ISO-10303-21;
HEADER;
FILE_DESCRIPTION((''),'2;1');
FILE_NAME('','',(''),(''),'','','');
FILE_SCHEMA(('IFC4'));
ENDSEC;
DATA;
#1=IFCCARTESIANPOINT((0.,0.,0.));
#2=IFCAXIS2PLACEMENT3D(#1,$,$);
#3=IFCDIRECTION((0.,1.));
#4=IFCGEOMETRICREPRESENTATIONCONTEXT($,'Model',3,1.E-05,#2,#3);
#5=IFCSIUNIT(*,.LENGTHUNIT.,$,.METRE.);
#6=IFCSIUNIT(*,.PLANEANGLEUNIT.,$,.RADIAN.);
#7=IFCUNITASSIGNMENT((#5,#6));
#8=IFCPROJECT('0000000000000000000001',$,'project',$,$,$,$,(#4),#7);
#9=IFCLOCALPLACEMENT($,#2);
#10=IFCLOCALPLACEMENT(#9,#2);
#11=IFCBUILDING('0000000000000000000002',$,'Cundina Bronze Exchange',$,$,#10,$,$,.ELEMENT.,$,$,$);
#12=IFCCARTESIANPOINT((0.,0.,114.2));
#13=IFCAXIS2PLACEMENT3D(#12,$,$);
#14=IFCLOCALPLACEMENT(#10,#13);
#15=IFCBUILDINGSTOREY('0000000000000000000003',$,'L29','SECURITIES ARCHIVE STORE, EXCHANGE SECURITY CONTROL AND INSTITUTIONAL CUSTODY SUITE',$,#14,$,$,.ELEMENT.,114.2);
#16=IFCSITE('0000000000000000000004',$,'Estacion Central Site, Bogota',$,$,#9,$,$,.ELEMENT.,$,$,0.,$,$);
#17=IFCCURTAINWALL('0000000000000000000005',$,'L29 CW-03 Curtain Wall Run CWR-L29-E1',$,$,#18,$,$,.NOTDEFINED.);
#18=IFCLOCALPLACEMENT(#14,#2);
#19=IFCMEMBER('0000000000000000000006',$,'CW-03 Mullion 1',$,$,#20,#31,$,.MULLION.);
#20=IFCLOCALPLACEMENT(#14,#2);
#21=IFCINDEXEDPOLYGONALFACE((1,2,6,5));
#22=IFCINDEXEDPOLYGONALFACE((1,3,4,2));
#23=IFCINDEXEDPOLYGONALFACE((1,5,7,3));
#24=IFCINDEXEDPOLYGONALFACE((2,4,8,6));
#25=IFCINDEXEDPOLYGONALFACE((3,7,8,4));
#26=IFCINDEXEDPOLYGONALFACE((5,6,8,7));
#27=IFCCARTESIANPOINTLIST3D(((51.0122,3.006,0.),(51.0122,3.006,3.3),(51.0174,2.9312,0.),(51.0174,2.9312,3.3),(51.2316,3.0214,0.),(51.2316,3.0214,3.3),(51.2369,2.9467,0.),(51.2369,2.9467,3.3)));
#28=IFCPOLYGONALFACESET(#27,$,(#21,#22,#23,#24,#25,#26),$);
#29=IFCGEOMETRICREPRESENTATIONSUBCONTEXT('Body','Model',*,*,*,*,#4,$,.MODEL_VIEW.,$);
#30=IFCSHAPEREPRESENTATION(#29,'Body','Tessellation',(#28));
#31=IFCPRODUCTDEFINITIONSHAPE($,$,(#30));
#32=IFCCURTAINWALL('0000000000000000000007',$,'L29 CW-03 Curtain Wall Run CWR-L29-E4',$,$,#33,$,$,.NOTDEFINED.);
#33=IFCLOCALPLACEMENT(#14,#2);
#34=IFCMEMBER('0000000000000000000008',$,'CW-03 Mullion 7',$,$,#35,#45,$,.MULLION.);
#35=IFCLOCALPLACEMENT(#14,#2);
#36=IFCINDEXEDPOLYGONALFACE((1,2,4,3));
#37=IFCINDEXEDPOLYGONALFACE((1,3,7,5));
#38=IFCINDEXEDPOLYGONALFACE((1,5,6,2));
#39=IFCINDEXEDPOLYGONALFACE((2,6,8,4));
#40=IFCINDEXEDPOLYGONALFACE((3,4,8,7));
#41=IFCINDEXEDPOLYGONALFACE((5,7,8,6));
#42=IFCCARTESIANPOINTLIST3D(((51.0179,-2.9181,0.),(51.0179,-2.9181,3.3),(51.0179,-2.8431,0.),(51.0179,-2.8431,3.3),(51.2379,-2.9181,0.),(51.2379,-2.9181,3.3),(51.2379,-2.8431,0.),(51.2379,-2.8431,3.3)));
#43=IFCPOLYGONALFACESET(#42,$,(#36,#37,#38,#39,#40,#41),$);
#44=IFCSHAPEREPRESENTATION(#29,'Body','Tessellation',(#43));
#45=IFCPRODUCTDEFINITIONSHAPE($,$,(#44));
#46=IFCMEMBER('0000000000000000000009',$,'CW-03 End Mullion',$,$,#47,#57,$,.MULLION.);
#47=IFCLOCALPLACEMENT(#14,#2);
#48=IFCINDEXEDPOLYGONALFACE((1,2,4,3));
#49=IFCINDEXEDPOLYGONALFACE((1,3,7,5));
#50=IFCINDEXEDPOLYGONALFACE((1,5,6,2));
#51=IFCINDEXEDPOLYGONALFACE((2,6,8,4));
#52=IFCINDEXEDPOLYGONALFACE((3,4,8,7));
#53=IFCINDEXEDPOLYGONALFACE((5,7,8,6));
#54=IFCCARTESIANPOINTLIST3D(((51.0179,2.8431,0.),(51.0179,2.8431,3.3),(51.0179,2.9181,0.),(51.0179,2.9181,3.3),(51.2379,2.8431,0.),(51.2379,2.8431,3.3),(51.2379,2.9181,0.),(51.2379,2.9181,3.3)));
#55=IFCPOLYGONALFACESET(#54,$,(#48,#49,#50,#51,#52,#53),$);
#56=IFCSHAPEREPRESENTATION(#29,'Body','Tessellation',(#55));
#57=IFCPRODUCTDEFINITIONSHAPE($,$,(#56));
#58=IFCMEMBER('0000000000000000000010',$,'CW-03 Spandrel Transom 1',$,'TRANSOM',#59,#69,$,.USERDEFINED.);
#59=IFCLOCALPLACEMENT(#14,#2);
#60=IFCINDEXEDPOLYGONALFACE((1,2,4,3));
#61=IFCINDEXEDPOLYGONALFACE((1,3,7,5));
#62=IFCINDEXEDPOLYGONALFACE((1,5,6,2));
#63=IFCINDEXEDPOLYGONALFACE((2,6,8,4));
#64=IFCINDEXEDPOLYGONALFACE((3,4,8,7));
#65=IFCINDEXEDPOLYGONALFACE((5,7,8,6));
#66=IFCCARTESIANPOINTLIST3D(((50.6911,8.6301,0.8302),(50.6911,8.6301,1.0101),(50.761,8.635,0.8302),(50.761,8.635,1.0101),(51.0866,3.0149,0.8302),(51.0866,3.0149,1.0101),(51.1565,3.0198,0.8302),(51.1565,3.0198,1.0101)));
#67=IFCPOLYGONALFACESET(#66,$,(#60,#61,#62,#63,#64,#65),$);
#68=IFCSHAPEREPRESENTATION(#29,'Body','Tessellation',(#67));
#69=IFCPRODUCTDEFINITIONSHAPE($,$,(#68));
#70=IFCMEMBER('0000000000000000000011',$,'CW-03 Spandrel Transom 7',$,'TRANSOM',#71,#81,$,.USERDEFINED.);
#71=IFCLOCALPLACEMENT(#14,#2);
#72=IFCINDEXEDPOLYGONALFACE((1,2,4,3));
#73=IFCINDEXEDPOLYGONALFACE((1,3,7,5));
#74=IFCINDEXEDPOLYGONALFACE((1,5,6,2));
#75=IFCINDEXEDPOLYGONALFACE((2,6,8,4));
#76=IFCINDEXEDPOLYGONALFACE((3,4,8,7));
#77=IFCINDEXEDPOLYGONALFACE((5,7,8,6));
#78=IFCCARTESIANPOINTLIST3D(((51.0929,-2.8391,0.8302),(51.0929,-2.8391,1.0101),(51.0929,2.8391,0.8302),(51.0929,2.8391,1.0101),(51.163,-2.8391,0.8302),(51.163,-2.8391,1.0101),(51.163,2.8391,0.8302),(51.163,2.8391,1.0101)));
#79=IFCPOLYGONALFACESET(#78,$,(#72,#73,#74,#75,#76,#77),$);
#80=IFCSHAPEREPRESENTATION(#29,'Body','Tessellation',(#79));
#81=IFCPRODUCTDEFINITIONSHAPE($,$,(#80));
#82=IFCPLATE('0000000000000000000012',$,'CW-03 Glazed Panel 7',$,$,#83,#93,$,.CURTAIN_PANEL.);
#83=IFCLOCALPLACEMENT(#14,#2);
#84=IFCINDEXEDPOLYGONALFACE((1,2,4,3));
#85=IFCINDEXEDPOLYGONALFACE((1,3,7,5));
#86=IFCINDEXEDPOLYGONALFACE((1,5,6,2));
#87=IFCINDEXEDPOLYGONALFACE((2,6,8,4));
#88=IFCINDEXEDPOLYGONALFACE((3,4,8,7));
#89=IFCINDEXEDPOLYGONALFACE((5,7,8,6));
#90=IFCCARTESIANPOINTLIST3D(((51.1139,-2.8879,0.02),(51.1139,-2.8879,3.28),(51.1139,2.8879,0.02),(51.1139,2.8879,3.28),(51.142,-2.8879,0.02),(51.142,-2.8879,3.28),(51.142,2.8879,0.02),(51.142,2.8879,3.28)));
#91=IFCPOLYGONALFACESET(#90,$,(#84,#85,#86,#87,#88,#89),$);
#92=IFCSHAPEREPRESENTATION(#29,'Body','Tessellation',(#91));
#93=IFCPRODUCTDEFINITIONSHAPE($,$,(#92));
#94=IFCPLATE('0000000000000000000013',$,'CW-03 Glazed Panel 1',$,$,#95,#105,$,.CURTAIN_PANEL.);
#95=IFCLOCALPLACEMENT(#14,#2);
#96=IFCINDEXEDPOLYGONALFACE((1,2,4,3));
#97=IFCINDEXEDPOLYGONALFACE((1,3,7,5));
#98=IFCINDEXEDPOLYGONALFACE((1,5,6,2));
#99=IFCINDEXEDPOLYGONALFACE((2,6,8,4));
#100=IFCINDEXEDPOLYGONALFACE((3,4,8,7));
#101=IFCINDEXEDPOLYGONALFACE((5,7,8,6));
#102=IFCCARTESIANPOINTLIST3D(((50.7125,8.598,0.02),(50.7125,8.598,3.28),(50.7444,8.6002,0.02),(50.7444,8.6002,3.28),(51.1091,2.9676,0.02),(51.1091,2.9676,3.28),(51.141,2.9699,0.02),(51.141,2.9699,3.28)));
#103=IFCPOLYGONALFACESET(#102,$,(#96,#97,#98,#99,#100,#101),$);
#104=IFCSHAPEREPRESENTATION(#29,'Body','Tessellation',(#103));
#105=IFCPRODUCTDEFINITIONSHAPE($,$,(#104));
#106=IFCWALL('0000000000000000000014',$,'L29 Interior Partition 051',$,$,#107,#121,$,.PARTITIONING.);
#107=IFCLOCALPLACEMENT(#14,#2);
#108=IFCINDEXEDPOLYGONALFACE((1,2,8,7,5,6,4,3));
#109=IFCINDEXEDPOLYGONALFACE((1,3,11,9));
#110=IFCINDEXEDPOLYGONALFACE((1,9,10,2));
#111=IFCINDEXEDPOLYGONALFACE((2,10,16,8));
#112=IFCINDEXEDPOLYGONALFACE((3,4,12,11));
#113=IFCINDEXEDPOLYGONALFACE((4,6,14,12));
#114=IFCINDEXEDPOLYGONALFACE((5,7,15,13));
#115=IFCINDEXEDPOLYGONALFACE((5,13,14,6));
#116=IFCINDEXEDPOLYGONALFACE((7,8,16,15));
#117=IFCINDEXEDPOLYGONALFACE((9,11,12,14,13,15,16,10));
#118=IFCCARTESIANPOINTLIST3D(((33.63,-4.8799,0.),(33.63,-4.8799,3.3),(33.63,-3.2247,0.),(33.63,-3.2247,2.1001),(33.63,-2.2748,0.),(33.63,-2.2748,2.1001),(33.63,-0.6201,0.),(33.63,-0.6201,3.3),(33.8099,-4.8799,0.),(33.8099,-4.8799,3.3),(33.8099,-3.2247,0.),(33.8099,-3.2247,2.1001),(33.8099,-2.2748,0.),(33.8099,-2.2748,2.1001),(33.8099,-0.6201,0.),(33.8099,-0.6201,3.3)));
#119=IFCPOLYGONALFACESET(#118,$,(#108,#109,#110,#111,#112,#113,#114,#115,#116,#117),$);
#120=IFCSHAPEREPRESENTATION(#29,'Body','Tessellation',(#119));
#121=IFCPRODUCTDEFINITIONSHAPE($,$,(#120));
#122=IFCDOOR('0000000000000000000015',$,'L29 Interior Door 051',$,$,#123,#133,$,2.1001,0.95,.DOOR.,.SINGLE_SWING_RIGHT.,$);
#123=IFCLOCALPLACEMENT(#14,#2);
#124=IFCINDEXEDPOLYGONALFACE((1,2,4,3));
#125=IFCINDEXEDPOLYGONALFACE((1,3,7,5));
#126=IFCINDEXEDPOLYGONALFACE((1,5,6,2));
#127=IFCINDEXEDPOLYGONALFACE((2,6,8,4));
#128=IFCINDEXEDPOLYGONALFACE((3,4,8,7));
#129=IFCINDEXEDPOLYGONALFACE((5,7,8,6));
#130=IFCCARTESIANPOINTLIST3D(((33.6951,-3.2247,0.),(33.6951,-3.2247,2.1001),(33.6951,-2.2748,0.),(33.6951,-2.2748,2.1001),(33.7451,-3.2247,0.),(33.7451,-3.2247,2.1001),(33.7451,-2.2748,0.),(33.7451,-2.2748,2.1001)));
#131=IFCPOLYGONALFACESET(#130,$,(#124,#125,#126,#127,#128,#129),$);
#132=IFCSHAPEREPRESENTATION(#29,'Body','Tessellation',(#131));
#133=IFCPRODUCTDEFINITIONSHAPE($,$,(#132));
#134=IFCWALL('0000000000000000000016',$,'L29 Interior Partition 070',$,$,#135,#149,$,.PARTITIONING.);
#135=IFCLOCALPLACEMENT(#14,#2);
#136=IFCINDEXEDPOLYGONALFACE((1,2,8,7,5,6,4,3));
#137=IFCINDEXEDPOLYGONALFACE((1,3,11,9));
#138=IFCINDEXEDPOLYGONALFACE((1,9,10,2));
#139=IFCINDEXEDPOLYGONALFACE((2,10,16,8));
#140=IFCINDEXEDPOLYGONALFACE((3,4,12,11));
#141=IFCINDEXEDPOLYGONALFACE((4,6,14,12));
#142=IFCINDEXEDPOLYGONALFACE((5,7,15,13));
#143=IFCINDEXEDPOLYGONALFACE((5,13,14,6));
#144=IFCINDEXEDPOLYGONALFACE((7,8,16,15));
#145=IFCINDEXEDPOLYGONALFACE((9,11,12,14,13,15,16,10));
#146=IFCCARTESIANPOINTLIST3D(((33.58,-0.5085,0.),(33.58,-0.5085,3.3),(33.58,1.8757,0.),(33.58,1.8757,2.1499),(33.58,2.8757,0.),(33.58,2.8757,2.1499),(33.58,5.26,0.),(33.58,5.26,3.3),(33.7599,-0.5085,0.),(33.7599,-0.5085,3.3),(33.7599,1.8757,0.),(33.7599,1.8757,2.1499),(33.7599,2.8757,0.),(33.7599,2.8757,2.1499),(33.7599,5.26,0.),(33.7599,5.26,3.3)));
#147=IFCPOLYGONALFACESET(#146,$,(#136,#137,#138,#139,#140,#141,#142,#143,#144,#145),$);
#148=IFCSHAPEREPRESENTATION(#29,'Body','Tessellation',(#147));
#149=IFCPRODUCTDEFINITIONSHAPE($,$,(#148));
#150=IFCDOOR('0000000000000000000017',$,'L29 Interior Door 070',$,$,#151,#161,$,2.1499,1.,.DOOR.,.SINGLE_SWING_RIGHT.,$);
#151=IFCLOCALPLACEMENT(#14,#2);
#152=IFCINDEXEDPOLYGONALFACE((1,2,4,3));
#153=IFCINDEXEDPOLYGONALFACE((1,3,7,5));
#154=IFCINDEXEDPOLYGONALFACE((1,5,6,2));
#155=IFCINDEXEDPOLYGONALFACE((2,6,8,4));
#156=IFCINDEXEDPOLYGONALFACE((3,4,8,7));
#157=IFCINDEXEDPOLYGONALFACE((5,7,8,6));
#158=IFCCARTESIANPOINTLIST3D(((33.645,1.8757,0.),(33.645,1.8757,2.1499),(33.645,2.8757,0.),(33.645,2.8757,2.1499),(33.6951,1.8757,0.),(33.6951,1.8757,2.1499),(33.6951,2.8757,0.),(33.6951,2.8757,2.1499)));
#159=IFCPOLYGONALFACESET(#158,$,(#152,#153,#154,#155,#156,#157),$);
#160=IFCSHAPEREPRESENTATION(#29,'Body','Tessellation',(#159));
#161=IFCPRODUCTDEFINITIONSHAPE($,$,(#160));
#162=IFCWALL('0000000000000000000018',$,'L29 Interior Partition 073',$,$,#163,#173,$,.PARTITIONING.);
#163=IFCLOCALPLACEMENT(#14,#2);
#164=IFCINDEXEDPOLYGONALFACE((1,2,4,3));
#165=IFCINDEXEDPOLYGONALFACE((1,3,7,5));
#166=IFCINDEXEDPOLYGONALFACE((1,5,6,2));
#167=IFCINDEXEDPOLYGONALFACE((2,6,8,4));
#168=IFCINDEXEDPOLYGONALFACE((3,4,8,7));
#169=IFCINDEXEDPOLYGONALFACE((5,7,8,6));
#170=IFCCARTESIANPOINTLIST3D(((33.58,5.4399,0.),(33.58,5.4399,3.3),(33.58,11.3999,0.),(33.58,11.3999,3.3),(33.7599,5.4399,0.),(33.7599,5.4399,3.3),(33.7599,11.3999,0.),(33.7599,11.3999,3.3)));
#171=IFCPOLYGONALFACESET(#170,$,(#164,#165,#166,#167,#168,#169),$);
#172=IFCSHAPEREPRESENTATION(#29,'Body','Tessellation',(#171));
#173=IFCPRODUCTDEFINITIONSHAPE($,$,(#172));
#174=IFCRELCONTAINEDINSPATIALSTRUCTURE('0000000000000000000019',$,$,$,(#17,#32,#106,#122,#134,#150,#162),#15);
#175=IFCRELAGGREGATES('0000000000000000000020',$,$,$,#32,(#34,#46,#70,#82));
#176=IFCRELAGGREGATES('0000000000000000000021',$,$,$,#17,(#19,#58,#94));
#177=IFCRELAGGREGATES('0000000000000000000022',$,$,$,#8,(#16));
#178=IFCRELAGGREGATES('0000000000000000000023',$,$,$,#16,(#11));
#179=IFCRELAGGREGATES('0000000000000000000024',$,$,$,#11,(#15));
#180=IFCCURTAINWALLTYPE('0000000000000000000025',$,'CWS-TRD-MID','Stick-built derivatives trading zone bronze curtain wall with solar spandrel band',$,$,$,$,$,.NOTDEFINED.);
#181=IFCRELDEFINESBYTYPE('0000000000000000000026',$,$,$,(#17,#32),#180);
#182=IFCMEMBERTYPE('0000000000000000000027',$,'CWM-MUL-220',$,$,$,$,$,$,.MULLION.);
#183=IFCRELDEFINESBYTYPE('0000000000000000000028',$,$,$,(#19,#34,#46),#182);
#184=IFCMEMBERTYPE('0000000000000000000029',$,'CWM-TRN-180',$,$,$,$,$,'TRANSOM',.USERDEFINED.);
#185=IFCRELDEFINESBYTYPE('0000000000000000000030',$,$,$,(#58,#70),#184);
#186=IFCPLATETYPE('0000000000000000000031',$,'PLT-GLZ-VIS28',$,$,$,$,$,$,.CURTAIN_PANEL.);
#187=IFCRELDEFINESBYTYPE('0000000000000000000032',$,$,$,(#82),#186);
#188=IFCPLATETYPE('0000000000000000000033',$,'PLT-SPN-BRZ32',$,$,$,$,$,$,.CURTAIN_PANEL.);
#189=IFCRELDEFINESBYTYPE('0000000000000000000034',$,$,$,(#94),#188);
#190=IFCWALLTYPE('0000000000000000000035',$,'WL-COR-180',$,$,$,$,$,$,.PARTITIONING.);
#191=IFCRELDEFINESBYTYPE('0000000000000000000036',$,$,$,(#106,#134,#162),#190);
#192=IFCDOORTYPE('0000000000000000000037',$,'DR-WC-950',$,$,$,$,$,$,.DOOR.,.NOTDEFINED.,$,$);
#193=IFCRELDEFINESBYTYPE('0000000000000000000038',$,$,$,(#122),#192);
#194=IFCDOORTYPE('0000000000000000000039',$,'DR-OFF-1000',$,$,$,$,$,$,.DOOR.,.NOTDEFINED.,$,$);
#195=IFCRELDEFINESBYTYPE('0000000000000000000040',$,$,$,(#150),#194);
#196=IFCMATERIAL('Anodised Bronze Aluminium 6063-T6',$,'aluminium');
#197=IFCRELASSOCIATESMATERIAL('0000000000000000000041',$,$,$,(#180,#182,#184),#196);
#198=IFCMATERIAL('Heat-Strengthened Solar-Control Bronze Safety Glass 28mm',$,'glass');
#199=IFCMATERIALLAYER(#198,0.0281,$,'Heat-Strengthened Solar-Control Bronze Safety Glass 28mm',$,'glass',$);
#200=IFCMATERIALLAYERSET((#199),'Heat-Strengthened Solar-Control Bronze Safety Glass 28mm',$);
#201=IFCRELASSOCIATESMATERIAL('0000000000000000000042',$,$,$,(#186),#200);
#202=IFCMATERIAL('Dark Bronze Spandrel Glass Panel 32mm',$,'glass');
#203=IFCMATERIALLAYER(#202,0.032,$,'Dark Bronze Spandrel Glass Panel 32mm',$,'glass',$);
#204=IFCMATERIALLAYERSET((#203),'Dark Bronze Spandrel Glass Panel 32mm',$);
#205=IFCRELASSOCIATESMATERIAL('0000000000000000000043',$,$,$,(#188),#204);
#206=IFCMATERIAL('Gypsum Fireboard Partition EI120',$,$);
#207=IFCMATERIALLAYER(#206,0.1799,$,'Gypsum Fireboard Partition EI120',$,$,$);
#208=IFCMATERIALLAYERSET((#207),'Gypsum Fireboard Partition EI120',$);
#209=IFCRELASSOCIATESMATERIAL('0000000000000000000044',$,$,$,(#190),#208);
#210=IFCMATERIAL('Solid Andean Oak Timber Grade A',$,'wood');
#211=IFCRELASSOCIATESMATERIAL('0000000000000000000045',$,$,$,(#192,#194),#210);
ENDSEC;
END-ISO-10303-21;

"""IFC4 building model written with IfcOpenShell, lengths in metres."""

from ifc_helpers import new_model, si_unit, direction, frame, frame_2d, origin, origin_2d, place, context, subcontext, project, spatial, rectangle, extrude, material, layer, layer_set, material_profile, profile_set, type_object, element, fill, aggregate, save


model = new_model("IFC4")

# Units and contexts
model_context = context("Model", 3, precision=1e-05, world=origin(), true_north=direction((0.0, 1.0)))
body_context = subcontext(model_context, "Body", "Model", "MODEL_VIEW")
ifc_project = project(units=[si_unit("LENGTHUNIT", "METRE"), si_unit("PLANEANGLEUNIT", "RADIAN")], contexts=[model_context])

# Site, building, storey
site_placement = place(None, origin())
site = spatial("IfcSite", under=ifc_project, at=site_placement, Name="Estacion Central Site, Bogota", CompositionType="ELEMENT", RefElevation=0.0)
building_placement = place(site_placement, origin())
building = spatial("IfcBuilding", under=site, at=building_placement, Name="Cundina Bronze Exchange", CompositionType="ELEMENT")
storey_placement = place(building_placement, frame((0.0, 0.0, 114.2)))
storey = spatial("IfcBuildingStorey", under=building, at=storey_placement, Name="L29", Description="SECURITIES ARCHIVE STORE, EXCHANGE SECURITY CONTROL AND INSTITUTIONAL CUSTODY SUITE", CompositionType="ELEMENT", Elevation=114.2)

# Curtain wall, member
ifc_material_1 = material(Name="Anodised Bronze Aluminium 6063-T6", Category="aluminium")
curtain_wall_type = type_object("IfcCurtainWallType", Name="CWS-TRD-MID", Description="Stick-built derivatives trading zone bronze curtain wall with solar spandrel band", PredefinedType="NOTDEFINED", material=ifc_material_1)
curtain_wall_1_placement = place(storey_placement, origin())
curtain_wall_1 = element("IfcCurtainWall", 1, at=curtain_wall_1_placement, inside=storey, type_object=curtain_wall_type, Name="L29 CW-03 Curtain Wall Run CWR-L29-E1", PredefinedType="NOTDEFINED")
ifc_material_profile_1 = material_profile(ifc_material_1, rectangle(XDim=0.075, YDim=0.22, at=origin_2d()), Name="AL75X220", Category="aluminium")
ifc_profile_set_1 = profile_set([ifc_material_profile_1], Name="Anodised Bronze Aluminium 6063-T6")
member_type_1 = type_object("IfcMemberType", Name="CWM-MUL-220", PredefinedType="MULLION", material=ifc_profile_set_1)
member_1_placement = place(storey_placement, frame((51.1245, 2.9763, 0.0), z_axis=(0.0, 0.0, 1.0), x_axis=(-0.070279, 0.997527, 0.0)))
member_1 = element("IfcMember", 2, at=member_1_placement, type_object=member_type_1, Name="CW-03 Mullion 1", PredefinedType="MULLION", context=body_context, shape_type="SweptSolid", body=[
    extrude(rectangle(XDim=0.075, YDim=0.22, at=origin_2d()), origin(), (0.0, 0.0, 1.0), 3.3),
])

# Curtain wall, members
curtain_wall_2_placement = place(storey_placement, origin())
curtain_wall_2 = element("IfcCurtainWall", 3, at=curtain_wall_2_placement, inside=storey, type_object=curtain_wall_type, Name="L29 CW-03 Curtain Wall Run CWR-L29-E4", PredefinedType="NOTDEFINED")
member_2_placement = place(storey_placement, frame((51.1279, -2.8806, 0.0), z_axis=(0.0, 0.0, 1.0), x_axis=(0.0, 1.0, 0.0)))
member_2 = element("IfcMember", 4, at=member_2_placement, type_object=member_type_1, Name="CW-03 Mullion 7", PredefinedType="MULLION", context=body_context, shape_type="SweptSolid", body=[
    extrude(rectangle(XDim=0.075, YDim=0.22, at=origin_2d()), origin(), (0.0, 0.0, 1.0), 3.3),
])
member_3_placement = place(storey_placement, frame((51.1279, 2.8806, 0.0), z_axis=(0.0, 0.0, 1.0), x_axis=(0.0, 1.0, 0.0)))
member_3 = element("IfcMember", 5, at=member_3_placement, type_object=member_type_1, Name="CW-03 End Mullion", PredefinedType="MULLION", context=body_context, shape_type="SweptSolid", body=[
    extrude(rectangle(XDim=0.075, YDim=0.22, at=origin_2d()), origin(), (0.0, 0.0, 1.0), 3.3),
])

# Members
ifc_material_profile_2 = material_profile(ifc_material_1, rectangle(XDim=0.0701, YDim=0.1799, at=origin_2d()), Name="AL70X180", Category="aluminium")
ifc_profile_set_2 = profile_set([ifc_material_profile_2], Name="Anodised Bronze Aluminium 6063-T6")
member_type_2 = type_object("IfcMemberType", Name="CWM-TRN-180", ElementType="TRANSOM", PredefinedType="USERDEFINED", material=ifc_profile_set_2)
member_4_placement = place(storey_placement, frame((51.1216, 3.0173, 0.9202), z_axis=(-0.070261, 0.997529, 0.0), x_axis=(-0.997529, -0.070261, 0.0)))
member_4 = element("IfcMember", 6, at=member_4_placement, type_object=member_type_2, Name="CW-03 Spandrel Transom 1", ObjectType="TRANSOM", PredefinedType="USERDEFINED", context=body_context, shape_type="SweptSolid", body=[
    extrude(rectangle(XDim=0.0701, YDim=0.1799, at=origin_2d()), origin(), (0.0, 0.0, 1.0), 5.6292),
])
member_5_placement = place(storey_placement, frame((51.1279, -2.8391, 0.9202), z_axis=(0.0, 1.0, 0.0), x_axis=(-1.0, 0.0, 0.0)))
member_5 = element("IfcMember", 7, at=member_5_placement, type_object=member_type_2, Name="CW-03 Spandrel Transom 7", ObjectType="TRANSOM", PredefinedType="USERDEFINED", context=body_context, shape_type="SweptSolid", body=[
    extrude(rectangle(XDim=0.0701, YDim=0.1799, at=origin_2d()), origin(), (0.0, 0.0, 1.0), 5.6782),
])

# Plates
ifc_material_2 = material(Name="Heat-Strengthened Solar-Control Bronze Safety Glass 28mm", Category="glass")
ifc_layer_1 = layer(ifc_material_2, 0.0281, Name="Heat-Strengthened Solar-Control Bronze Safety Glass 28mm", Category="glass")
ifc_layer_set_1 = layer_set([ifc_layer_1], Name="Heat-Strengthened Solar-Control Bronze Safety Glass 28mm")
plate_type_1 = type_object("IfcPlateType", Name="PLT-GLZ-VIS28", PredefinedType="CURTAIN_PANEL", material=ifc_layer_set_1)
plate_1_placement = place(storey_placement, frame((51.1279, 0.0, 0.02), z_axis=(0.0, 0.0, 1.0), x_axis=(0.0, 1.0, 0.0)))
plate_1 = element("IfcPlate", 8, at=plate_1_placement, type_object=plate_type_1, Name="CW-03 Glazed Panel 7", PredefinedType="CURTAIN_PANEL", context=body_context, shape_type="SweptSolid", body=[
    extrude(rectangle(XDim=5.7759, YDim=0.0281, at=origin_2d()), origin(), (0.0, 0.0, 1.0), 3.26),
])
aggregate(curtain_wall_2, [member_2, member_3, member_5, plate_1])
ifc_material_3 = material(Name="Dark Bronze Spandrel Glass Panel 32mm", Category="glass")
ifc_layer_2 = layer(ifc_material_3, 0.032, Name="Dark Bronze Spandrel Glass Panel 32mm", Category="glass")
ifc_layer_set_2 = layer_set([ifc_layer_2], Name="Dark Bronze Spandrel Glass Panel 32mm")
plate_type_2 = type_object("IfcPlateType", Name="PLT-SPN-BRZ32", PredefinedType="CURTAIN_PANEL", material=ifc_layer_set_2)
plate_2_placement = place(storey_placement, frame((50.9268, 5.7839, 0.02), z_axis=(0.0, 0.0, 1.0), x_axis=(-0.070279, 0.997527, 0.0)))
plate_2 = element("IfcPlate", 9, at=plate_2_placement, type_object=plate_type_2, Name="CW-03 Glazed Panel 1", PredefinedType="CURTAIN_PANEL", context=body_context, shape_type="SweptSolid", body=[
    extrude(rectangle(XDim=5.6443, YDim=0.032, at=origin_2d()), origin(), (0.0, 0.0, 1.0), 3.26),
])
aggregate(curtain_wall_1, [member_1, member_4, plate_2])

# Walls, openings, doors
ifc_material_4 = material(Name="Gypsum Fireboard Partition EI120")
ifc_layer_3 = layer(ifc_material_4, 0.1799, Name="Gypsum Fireboard Partition EI120")
ifc_layer_set_3 = layer_set([ifc_layer_3], Name="Gypsum Fireboard Partition EI120")
wall_type_1 = type_object("IfcWallType", Name="WL-COR-180", PredefinedType="PARTITIONING", material=ifc_layer_set_3)
wall_1_placement = place(storey_placement, frame((33.72, -4.8799, 0.0), z_axis=(0.0, 0.0, 1.0), x_axis=(0.0, 1.0, 0.0)))
wall_1 = element("IfcWall", 10, at=wall_1_placement, inside=storey, type_object=wall_type_1, Name="L29 Interior Partition 051", PredefinedType="PARTITIONING", context=body_context, shape_type="SweptSolid", body=[
    extrude(rectangle(XDim=4.2598, YDim=0.1799, at=frame_2d((2.1299, 0.0))), origin(), (0.0, 0.0, 1.0), 3.3),
])
opening_1_placement = place(wall_1_placement, frame((1.655, 0.0, 0.0)))
opening_1 = element("IfcOpeningElement", 11, at=opening_1_placement, cuts=wall_1, PredefinedType="OPENING", context=body_context, shape_type="SweptSolid", body=[
    extrude(rectangle(XDim=0.95, YDim=2.1001, at=frame_2d((0.4751, 1.05))), frame((0.0, 0.0999, 0.0), z_axis=(0.0, -1.0, 0.0), x_axis=(1.0, 0.0, 0.0)), (0.0, 0.0, 1.0), 0.2),
])
ifc_material_5 = material(Name="Solid Andean Oak Timber Grade A", Category="wood")
door_type_1 = type_object("IfcDoorType", Name="DR-WC-950", OperationType="NOTDEFINED", PredefinedType="DOOR", material=ifc_material_5)
door_1_placement = place(opening_1_placement, origin())
door_1 = element("IfcDoor", 12, at=door_1_placement, inside=storey, type_object=door_type_1, Name="L29 Interior Door 051", OperationType="SINGLE_SWING_RIGHT", OverallHeight=2.1001, OverallWidth=0.95, PredefinedType="DOOR", context=body_context, shape_type="SweptSolid", body=[
    extrude(rectangle(XDim=0.95, YDim=2.1001, at=frame_2d((0.4751, 1.05))), frame((0.0, 0.0249, 0.0), z_axis=(0.0, -1.0, 0.0), x_axis=(1.0, 0.0, 0.0)), (0.0, 0.0, 1.0), 0.05),
])
fill(opening_1, door_1)
wall_2_placement = place(storey_placement, frame((33.6699, -0.5085, 0.0), z_axis=(0.0, 0.0, 1.0), x_axis=(0.0, 1.0, 0.0)))
wall_2 = element("IfcWall", 13, at=wall_2_placement, inside=storey, type_object=wall_type_1, Name="L29 Interior Partition 070", PredefinedType="PARTITIONING", context=body_context, shape_type="SweptSolid", body=[
    extrude(rectangle(XDim=5.7686, YDim=0.1799, at=frame_2d((2.8843, 0.0))), origin(), (0.0, 0.0, 1.0), 3.3),
])
opening_2_placement = place(wall_2_placement, frame((2.3843, 0.0, 0.0)))
opening_2 = element("IfcOpeningElement", 14, at=opening_2_placement, cuts=wall_2, PredefinedType="OPENING", context=body_context, shape_type="SweptSolid", body=[
    extrude(rectangle(XDim=1.0, YDim=2.1499, at=frame_2d((0.5, 1.075))), frame((0.0, 0.0999, 0.0), z_axis=(0.0, -1.0, 0.0), x_axis=(1.0, 0.0, 0.0)), (0.0, 0.0, 1.0), 0.2),
])
door_type_2 = type_object("IfcDoorType", Name="DR-OFF-1000", OperationType="NOTDEFINED", PredefinedType="DOOR", material=ifc_material_5)
door_2_placement = place(opening_2_placement, origin())
door_2 = element("IfcDoor", 15, at=door_2_placement, inside=storey, type_object=door_type_2, Name="L29 Interior Door 070", OperationType="SINGLE_SWING_RIGHT", OverallHeight=2.1499, OverallWidth=1.0, PredefinedType="DOOR", context=body_context, shape_type="SweptSolid", body=[
    extrude(rectangle(XDim=1.0, YDim=2.1499, at=frame_2d((0.5, 1.075))), frame((0.0, 0.0249, 0.0), z_axis=(0.0, -1.0, 0.0), x_axis=(1.0, 0.0, 0.0)), (0.0, 0.0, 1.0), 0.05),
])
fill(opening_2, door_2)

# Wall
wall_3_placement = place(storey_placement, frame((33.6699, 5.4399, 0.0), z_axis=(0.0, 0.0, 1.0), x_axis=(0.0, 1.0, 0.0)))
element("IfcWall", 16, at=wall_3_placement, inside=storey, type_object=wall_type_1, Name="L29 Interior Partition 073", PredefinedType="PARTITIONING", context=body_context, shape_type="SweptSolid", body=[
    extrude(rectangle(XDim=5.96, YDim=0.1799, at=frame_2d((2.98, 0.0))), origin(), (0.0, 0.0, 1.0), 3.3),
])

save(model, "model.ifc")
